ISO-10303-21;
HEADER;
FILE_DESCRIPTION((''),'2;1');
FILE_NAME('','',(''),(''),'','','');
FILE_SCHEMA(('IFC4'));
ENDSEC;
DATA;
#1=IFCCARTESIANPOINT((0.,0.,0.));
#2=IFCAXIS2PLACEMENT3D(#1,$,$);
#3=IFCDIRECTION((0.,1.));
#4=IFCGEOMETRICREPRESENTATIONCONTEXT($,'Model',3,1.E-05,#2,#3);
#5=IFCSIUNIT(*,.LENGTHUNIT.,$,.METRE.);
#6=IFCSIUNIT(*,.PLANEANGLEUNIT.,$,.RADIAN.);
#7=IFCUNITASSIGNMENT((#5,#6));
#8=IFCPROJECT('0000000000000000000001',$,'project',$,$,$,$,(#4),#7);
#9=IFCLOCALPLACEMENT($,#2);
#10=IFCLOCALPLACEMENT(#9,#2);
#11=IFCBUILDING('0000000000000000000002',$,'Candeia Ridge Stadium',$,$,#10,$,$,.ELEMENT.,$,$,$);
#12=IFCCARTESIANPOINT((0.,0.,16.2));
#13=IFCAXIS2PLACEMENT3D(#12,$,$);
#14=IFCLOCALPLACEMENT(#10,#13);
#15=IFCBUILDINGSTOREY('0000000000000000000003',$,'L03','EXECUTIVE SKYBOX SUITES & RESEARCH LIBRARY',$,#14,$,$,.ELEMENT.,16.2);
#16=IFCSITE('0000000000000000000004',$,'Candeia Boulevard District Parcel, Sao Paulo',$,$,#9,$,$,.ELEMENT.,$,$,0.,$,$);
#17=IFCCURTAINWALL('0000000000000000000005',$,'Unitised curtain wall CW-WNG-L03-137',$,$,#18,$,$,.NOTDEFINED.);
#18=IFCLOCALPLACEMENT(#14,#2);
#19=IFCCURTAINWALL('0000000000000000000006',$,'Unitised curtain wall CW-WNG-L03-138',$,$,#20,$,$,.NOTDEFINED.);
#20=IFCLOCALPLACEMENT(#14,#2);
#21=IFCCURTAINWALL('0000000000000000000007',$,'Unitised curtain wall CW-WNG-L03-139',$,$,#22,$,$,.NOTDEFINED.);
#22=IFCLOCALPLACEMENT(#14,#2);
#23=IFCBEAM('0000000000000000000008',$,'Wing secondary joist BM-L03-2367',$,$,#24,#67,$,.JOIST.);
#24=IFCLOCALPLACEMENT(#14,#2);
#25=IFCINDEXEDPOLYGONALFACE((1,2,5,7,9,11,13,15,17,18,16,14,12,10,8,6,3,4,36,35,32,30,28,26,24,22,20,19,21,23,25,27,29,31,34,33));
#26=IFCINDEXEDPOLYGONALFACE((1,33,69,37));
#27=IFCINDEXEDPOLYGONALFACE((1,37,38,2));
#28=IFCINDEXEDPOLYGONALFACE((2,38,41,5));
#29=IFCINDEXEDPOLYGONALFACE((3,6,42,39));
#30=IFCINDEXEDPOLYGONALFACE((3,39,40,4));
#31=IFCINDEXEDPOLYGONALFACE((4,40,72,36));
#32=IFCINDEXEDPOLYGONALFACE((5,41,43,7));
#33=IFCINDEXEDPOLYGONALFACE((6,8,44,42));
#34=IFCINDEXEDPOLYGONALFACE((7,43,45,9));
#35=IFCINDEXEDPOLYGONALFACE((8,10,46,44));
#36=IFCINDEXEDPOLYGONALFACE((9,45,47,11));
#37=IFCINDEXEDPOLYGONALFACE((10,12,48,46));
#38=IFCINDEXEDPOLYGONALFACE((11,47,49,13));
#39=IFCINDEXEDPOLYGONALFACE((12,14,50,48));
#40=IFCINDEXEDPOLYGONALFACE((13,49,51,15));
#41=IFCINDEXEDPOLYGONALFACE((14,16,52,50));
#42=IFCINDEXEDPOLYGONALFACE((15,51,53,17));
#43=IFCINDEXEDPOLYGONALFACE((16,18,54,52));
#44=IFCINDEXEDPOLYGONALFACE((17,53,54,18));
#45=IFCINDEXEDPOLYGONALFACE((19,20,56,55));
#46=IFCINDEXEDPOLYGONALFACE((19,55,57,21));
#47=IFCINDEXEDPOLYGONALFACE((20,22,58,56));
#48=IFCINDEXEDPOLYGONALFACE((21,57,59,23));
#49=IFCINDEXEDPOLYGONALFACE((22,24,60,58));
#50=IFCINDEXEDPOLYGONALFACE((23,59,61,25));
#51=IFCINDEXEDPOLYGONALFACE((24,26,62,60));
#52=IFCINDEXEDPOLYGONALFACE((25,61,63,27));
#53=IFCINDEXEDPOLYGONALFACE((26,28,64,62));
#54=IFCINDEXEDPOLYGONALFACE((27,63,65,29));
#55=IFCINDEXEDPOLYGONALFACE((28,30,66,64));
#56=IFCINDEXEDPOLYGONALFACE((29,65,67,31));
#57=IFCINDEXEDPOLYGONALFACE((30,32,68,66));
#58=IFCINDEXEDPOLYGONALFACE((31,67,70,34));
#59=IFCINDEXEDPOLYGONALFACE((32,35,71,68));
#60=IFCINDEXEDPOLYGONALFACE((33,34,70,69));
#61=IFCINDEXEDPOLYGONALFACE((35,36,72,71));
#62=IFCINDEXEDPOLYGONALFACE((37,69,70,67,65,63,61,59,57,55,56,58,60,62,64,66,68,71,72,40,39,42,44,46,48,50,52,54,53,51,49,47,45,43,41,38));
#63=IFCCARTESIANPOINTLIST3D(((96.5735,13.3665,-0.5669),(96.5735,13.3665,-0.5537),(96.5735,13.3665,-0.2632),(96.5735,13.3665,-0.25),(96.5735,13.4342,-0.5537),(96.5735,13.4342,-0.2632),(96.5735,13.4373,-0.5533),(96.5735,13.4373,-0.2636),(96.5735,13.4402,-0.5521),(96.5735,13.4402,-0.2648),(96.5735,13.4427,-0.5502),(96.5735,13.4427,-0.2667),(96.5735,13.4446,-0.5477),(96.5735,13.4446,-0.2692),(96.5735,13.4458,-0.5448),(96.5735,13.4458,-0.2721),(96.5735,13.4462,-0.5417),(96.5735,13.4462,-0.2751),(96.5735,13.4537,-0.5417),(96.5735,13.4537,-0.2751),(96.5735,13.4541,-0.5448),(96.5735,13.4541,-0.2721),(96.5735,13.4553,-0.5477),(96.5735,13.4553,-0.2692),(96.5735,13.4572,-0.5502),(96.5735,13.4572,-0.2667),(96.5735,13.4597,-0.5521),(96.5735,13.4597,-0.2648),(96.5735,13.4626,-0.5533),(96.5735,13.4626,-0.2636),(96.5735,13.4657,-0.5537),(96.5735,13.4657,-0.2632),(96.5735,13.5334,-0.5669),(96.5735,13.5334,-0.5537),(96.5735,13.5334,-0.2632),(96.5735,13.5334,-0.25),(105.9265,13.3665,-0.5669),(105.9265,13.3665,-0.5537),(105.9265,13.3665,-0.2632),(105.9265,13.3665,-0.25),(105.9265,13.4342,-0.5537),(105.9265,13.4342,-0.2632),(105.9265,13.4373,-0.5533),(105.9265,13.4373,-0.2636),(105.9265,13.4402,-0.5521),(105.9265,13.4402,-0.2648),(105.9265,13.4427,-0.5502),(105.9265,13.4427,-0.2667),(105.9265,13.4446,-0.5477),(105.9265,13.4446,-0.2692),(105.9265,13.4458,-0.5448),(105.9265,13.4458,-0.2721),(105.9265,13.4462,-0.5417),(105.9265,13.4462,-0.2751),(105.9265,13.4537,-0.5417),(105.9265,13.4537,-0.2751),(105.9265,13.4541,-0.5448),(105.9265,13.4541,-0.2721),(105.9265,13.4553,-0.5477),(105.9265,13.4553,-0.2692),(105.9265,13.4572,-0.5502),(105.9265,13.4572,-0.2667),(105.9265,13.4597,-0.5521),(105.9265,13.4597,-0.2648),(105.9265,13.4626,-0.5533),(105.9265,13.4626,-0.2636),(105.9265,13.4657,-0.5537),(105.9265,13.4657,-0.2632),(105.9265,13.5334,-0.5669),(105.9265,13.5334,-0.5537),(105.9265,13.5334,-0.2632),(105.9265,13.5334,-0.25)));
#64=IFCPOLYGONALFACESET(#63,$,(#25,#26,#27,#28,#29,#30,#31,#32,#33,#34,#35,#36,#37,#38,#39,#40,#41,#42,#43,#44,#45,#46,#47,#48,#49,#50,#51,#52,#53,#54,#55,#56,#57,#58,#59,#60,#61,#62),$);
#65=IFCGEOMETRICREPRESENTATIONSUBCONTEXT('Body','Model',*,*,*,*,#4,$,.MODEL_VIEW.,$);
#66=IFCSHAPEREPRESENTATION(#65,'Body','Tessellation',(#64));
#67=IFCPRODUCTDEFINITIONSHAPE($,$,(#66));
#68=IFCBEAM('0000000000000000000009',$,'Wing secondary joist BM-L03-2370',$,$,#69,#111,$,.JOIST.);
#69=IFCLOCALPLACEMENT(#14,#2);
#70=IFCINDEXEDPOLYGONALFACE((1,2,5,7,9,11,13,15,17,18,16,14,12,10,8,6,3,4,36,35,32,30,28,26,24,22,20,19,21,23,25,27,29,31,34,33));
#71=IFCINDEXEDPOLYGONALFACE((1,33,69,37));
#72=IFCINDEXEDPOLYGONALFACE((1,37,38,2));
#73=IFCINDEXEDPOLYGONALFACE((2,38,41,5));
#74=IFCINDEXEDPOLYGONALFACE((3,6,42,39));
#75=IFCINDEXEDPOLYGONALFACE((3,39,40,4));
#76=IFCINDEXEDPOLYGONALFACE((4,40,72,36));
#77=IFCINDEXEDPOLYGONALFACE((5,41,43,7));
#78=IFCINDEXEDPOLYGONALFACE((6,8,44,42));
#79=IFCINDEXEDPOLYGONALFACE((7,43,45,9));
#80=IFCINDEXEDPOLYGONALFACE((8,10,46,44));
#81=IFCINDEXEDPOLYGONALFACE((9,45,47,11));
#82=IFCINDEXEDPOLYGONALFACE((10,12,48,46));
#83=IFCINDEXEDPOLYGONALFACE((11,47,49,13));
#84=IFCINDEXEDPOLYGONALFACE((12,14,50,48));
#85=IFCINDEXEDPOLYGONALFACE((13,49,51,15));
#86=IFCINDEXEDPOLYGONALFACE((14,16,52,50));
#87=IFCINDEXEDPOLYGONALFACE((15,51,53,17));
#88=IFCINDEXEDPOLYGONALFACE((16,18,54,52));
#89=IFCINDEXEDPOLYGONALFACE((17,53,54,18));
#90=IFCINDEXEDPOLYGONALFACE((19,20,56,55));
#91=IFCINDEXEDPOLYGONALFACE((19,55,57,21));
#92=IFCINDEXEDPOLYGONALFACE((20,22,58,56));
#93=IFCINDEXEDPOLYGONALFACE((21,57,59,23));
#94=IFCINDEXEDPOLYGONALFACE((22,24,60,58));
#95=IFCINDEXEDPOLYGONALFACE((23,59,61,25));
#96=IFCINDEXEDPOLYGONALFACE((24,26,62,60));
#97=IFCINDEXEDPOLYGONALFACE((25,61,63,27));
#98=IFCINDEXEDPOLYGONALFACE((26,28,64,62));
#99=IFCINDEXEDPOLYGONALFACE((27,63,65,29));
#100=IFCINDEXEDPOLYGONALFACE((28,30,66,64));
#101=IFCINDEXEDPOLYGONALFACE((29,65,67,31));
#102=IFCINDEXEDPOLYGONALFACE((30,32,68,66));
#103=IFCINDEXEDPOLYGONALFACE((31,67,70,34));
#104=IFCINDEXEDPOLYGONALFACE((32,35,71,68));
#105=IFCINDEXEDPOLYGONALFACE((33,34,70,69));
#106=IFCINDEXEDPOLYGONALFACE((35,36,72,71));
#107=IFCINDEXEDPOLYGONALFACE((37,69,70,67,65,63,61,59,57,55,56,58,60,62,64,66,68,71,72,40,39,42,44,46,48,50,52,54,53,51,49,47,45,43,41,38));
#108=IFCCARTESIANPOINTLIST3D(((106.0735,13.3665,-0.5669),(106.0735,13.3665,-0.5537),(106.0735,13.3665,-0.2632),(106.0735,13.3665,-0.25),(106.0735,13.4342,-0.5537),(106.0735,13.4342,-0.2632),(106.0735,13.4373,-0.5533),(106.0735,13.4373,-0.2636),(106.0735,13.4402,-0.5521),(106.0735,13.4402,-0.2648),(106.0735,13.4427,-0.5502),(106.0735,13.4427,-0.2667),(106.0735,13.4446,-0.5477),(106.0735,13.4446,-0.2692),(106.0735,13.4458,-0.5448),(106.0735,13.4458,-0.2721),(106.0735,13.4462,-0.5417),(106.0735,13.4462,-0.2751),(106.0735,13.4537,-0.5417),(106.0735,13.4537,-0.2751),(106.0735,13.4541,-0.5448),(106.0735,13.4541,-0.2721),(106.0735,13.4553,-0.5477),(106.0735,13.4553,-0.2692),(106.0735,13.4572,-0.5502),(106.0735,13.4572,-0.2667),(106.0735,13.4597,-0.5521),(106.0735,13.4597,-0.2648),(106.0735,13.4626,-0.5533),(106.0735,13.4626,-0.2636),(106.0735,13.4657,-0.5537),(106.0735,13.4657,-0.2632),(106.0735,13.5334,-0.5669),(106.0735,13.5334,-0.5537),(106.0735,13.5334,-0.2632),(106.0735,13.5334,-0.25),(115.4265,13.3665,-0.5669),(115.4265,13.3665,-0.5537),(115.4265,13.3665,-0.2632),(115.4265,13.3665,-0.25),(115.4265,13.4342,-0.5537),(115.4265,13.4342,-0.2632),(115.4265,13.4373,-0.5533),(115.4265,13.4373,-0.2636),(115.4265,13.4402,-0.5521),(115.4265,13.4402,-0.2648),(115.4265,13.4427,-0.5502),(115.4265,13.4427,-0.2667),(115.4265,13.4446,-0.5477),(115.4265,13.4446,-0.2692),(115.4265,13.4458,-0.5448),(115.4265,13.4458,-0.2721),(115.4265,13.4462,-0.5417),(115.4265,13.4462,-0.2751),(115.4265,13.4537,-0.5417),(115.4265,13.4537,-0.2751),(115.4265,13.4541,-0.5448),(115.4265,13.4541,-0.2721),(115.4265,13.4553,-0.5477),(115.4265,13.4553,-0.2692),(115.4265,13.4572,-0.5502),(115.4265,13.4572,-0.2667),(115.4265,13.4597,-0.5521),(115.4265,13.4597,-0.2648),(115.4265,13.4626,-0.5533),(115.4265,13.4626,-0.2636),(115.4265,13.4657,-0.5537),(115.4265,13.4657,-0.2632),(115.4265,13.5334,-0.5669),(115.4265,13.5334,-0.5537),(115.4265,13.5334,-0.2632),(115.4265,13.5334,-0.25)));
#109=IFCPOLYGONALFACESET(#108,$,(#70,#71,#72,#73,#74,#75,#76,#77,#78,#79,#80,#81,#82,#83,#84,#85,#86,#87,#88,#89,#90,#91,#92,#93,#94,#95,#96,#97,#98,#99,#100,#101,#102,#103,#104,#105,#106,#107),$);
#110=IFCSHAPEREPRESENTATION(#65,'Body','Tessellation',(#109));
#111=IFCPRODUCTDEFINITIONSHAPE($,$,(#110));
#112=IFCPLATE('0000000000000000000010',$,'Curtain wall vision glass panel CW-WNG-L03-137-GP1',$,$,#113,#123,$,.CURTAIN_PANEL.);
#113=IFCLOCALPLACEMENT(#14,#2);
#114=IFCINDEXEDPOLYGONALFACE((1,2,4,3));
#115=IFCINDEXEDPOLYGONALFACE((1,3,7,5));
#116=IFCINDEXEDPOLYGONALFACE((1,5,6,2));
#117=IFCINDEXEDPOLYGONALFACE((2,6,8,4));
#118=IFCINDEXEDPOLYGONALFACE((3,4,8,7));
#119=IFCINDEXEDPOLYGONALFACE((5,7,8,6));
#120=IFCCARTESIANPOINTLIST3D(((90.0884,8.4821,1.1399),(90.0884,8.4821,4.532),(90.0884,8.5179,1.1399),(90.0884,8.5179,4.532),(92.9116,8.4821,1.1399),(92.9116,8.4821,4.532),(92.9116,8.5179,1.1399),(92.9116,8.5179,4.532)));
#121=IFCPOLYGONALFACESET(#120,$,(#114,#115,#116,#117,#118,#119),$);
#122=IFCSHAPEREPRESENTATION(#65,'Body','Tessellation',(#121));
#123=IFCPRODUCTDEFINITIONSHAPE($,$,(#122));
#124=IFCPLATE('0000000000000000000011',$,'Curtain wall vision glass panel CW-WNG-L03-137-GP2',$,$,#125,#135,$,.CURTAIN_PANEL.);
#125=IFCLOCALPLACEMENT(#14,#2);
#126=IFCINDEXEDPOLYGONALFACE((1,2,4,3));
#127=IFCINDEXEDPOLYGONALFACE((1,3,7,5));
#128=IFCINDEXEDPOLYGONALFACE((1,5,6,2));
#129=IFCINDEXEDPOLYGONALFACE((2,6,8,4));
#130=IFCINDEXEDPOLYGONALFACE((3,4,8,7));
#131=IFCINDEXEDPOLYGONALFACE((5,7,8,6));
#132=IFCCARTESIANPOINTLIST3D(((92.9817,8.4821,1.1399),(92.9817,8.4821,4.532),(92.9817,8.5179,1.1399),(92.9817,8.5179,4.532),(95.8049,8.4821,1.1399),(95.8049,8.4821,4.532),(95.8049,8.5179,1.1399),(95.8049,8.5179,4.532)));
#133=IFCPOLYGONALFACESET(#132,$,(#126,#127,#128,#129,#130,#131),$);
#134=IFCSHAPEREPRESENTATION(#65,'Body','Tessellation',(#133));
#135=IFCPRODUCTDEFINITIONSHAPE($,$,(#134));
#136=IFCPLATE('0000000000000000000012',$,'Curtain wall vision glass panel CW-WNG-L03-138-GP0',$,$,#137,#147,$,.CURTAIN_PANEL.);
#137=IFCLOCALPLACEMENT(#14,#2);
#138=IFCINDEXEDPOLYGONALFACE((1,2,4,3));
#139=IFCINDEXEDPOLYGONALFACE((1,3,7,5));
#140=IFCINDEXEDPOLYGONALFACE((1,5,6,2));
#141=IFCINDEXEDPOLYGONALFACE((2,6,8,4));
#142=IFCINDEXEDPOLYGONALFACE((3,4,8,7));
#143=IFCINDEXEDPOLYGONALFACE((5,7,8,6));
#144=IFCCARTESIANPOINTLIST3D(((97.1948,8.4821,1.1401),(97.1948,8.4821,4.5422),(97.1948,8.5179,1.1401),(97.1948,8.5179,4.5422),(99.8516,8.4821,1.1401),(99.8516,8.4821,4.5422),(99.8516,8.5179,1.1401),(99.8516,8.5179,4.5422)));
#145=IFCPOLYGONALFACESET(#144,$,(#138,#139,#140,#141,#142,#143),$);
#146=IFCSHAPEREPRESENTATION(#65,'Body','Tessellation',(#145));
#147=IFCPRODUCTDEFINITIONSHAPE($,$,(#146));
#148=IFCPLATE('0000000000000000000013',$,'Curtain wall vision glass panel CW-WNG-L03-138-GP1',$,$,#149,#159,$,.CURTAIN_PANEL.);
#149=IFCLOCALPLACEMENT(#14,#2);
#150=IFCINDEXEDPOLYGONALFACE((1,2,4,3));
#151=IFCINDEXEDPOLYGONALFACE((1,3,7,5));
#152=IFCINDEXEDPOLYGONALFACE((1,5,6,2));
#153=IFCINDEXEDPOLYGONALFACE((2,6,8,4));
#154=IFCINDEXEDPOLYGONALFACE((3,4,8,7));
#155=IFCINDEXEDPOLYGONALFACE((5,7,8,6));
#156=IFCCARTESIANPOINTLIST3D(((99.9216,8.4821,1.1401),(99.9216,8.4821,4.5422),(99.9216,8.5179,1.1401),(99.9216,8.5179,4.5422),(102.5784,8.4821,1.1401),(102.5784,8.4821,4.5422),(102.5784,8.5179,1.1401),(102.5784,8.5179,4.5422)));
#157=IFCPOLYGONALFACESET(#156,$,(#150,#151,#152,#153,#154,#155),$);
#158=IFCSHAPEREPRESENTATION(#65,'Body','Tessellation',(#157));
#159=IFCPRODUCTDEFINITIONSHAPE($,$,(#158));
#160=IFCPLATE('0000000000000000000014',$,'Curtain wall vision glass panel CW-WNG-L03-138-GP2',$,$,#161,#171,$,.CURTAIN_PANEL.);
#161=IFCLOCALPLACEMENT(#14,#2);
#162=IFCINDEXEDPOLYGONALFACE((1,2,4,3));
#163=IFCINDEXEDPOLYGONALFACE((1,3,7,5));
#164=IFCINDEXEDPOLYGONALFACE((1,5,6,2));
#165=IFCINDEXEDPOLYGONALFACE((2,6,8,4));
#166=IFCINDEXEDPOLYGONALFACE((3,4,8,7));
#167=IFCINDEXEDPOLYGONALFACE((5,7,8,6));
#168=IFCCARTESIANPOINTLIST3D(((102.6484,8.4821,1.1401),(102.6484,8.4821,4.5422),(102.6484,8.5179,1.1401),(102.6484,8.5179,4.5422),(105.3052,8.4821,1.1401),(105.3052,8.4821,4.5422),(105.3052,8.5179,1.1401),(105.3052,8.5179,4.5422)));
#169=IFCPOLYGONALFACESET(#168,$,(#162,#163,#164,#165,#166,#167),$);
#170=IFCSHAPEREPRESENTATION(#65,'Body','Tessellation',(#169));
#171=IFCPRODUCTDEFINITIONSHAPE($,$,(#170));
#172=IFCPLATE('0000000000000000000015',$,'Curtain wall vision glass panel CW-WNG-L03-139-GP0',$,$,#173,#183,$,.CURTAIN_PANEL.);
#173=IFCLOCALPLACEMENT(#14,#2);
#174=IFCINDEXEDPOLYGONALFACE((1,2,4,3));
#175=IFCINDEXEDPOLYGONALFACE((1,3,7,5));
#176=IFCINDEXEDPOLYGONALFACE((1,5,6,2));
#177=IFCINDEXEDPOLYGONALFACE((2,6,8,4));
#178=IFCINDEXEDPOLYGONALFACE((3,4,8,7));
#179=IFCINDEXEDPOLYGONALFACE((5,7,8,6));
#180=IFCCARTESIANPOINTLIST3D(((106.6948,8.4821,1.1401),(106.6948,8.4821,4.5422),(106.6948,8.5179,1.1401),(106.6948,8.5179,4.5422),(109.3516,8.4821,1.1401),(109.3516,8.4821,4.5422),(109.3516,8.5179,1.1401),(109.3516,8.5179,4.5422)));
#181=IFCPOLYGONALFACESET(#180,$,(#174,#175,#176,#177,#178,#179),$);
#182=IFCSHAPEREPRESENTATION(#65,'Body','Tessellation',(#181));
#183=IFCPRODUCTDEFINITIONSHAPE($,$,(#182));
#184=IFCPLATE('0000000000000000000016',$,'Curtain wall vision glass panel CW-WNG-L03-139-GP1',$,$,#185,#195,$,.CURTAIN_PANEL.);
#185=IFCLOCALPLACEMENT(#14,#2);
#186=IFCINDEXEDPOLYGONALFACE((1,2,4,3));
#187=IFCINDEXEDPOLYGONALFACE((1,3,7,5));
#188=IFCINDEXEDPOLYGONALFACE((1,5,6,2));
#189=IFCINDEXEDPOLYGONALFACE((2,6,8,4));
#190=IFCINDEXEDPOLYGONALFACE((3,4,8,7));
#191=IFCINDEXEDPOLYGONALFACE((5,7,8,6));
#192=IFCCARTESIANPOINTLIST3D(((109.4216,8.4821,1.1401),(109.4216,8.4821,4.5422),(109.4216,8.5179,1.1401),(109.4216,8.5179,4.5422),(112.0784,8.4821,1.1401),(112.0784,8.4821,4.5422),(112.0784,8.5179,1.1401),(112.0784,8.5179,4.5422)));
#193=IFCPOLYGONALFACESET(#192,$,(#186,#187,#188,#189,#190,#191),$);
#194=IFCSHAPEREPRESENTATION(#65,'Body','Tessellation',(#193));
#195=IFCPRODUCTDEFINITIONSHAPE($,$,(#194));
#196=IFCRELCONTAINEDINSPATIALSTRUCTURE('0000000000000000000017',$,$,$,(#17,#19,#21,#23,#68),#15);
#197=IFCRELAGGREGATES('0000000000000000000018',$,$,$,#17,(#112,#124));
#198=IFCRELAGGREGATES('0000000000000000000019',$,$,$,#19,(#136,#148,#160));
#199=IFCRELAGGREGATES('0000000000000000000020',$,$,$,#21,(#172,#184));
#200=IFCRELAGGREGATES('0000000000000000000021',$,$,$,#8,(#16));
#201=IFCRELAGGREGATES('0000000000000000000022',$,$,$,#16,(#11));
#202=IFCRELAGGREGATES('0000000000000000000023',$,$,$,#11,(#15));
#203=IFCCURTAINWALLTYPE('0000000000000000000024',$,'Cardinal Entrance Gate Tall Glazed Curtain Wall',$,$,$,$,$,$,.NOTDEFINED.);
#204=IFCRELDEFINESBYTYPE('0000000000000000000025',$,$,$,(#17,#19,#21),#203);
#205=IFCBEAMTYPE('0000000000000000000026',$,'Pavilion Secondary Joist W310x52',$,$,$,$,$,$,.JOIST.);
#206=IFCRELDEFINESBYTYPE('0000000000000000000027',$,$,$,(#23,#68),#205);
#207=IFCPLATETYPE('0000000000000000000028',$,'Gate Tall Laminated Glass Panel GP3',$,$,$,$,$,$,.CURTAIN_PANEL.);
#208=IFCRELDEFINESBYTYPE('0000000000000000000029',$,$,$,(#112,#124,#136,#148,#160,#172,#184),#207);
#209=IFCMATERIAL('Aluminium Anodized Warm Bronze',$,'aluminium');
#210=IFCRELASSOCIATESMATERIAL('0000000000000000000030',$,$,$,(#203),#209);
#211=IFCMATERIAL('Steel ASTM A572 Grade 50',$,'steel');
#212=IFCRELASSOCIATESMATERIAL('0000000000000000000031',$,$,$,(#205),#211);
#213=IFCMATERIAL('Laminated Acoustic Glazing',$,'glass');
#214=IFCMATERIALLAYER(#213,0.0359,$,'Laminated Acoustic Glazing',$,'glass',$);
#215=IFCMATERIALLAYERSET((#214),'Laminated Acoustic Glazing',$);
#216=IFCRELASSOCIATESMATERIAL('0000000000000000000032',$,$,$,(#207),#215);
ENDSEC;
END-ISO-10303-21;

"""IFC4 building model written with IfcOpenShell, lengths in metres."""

from ifc_helpers import new_model, si_unit, direction, frame, origin, origin_2d, place, context, subcontext, project, spatial, rectangle, i_section, extrude, material, layer, layer_set, material_profile, profile_set, type_object, element, aggregate, save


model = new_model("IFC4")

# Units and contexts
model_context = context("Model", 3, precision=1e-05, world=origin(), true_north=direction((0.0, 1.0)))
body_context = subcontext(model_context, "Body", "Model", "MODEL_VIEW")
ifc_project = project(units=[si_unit("LENGTHUNIT", "METRE"), si_unit("PLANEANGLEUNIT", "RADIAN")], contexts=[model_context])

# Site, building, storey
site_placement = place(None, origin())
site = spatial("IfcSite", under=ifc_project, at=site_placement, Name="Candeia Boulevard District Parcel, Sao Paulo", CompositionType="ELEMENT", RefElevation=0.0)
building_placement = place(site_placement, origin())
building = spatial("IfcBuilding", under=site, at=building_placement, Name="Candeia Ridge Stadium", CompositionType="ELEMENT")
storey_placement = place(building_placement, frame((0.0, 0.0, 16.2)))
storey = spatial("IfcBuildingStorey", under=building, at=storey_placement, Name="L03", Description="EXECUTIVE SKYBOX SUITES & RESEARCH LIBRARY", CompositionType="ELEMENT", Elevation=16.2)

# Shared definitions
ifc_material_1 = material(Name="Steel ASTM A572 Grade 50", Category="steel")

# Curtain wall
ifc_material_2 = material(Name="Aluminium Anodized Warm Bronze", Category="aluminium")
curtain_wall_type = type_object("IfcCurtainWallType", Name="Cardinal Entrance Gate Tall Glazed Curtain Wall", PredefinedType="NOTDEFINED", material=ifc_material_2)
curtain_wall_1_placement = place(storey_placement, origin())
curtain_wall_1 = element("IfcCurtainWall", 1, at=curtain_wall_1_placement, inside=storey, type_object=curtain_wall_type, Name="Unitised curtain wall CW-WNG-L03-137", PredefinedType="NOTDEFINED")

# Curtain wall
curtain_wall_2_placement = place(storey_placement, origin())
curtain_wall_2 = element("IfcCurtainWall", 2, at=curtain_wall_2_placement, inside=storey, type_object=curtain_wall_type, Name="Unitised curtain wall CW-WNG-L03-138", PredefinedType="NOTDEFINED")

# Curtain wall
curtain_wall_3_placement = place(storey_placement, origin())
curtain_wall_3 = element("IfcCurtainWall", 3, at=curtain_wall_3_placement, inside=storey, type_object=curtain_wall_type, Name="Unitised curtain wall CW-WNG-L03-139", PredefinedType="NOTDEFINED")

# Beams
ifc_material_profile_1 = material_profile(ifc_material_1, i_section(OverallWidth=0.167, OverallDepth=0.3169, WebThickness=0.0076, FlangeThickness=0.0132, FilletRadius=0.012, at=origin_2d()), Name="W310x52", Category="steel")
ifc_profile_set_1 = profile_set([ifc_material_profile_1], Name="Steel ASTM A572 Grade 50")
beam_type_1 = type_object("IfcBeamType", Name="Pavilion Secondary Joist W310x52", PredefinedType="JOIST", material=ifc_profile_set_1)
for number, where, z_axis, x_axis, name in (
    (4, (96.5735, 13.45, -0.4084), (1.0, 0.0, 0.0), (0.0, 1.0, 0.0), "Wing secondary joist BM-L03-2367"),
    (5, (106.0735, 13.45, -0.4084), (1.0, 0.0, 0.0), (0.0, 1.0, 0.0), "Wing secondary joist BM-L03-2370"),
):
    element("IfcBeam", number, at=place(storey_placement, frame(where, z_axis=z_axis, x_axis=x_axis)), inside=storey, type_object=beam_type_1, Name=name, PredefinedType="JOIST", context=body_context, shape_type="SweptSolid", body=[
        extrude(i_section(OverallWidth=0.167, OverallDepth=0.3169, WebThickness=0.0076, FlangeThickness=0.0132, FilletRadius=0.012, at=origin_2d()), origin(), (0.0, 0.0, 1.0), 9.353),
    ])

# Plates
ifc_material_3 = material(Name="Laminated Acoustic Glazing", Category="glass")
ifc_layer_1 = layer(ifc_material_3, 0.0359, Name="Laminated Acoustic Glazing", Category="glass")
ifc_layer_set_1 = layer_set([ifc_layer_1], Name="Laminated Acoustic Glazing")
plate_type_1 = type_object("IfcPlateType", Name="Gate Tall Laminated Glass Panel GP3", PredefinedType="CURTAIN_PANEL", material=ifc_layer_set_1)
plate_1_placement = place(storey_placement, frame((91.5, 8.5, 1.1399), z_axis=(0.0, 0.0, 1.0), x_axis=(1.0, 0.0, 0.0)))
plate_1 = element("IfcPlate", 6, at=plate_1_placement, type_object=plate_type_1, Name="Curtain wall vision glass panel CW-WNG-L03-137-GP1", PredefinedType="CURTAIN_PANEL", context=body_context, shape_type="SweptSolid", body=[
    extrude(rectangle(XDim=2.8232, YDim=0.0359, at=origin_2d()), origin(), (0.0, 0.0, 1.0), 3.3921),
])
plate_2_placement = place(storey_placement, frame((94.3933, 8.5, 1.1399), z_axis=(0.0, 0.0, 1.0), x_axis=(1.0, 0.0, 0.0)))
plate_2 = element("IfcPlate", 7, at=plate_2_placement, type_object=plate_type_1, Name="Curtain wall vision glass panel CW-WNG-L03-137-GP2", PredefinedType="CURTAIN_PANEL", context=body_context, shape_type="SweptSolid", body=[
    extrude(rectangle(XDim=2.8232, YDim=0.0359, at=origin_2d()), origin(), (0.0, 0.0, 1.0), 3.3921),
])
plate_3_placement = place(storey_placement, frame((98.5232, 8.5, 1.1401), z_axis=(0.0, 0.0, 1.0), x_axis=(1.0, 0.0, 0.0)))
plate_3 = element("IfcPlate", 8, at=plate_3_placement, type_object=plate_type_1, Name="Curtain wall vision glass panel CW-WNG-L03-138-GP0", PredefinedType="CURTAIN_PANEL", context=body_context, shape_type="SweptSolid", body=[
    extrude(rectangle(XDim=2.6567, YDim=0.0359, at=origin_2d()), origin(), (0.0, 0.0, 1.0), 3.4021),
])
plate_4_placement = place(storey_placement, frame((101.25, 8.5, 1.1401), z_axis=(0.0, 0.0, 1.0), x_axis=(1.0, 0.0, 0.0)))
plate_4 = element("IfcPlate", 9, at=plate_4_placement, type_object=plate_type_1, Name="Curtain wall vision glass panel CW-WNG-L03-138-GP1", PredefinedType="CURTAIN_PANEL", context=body_context, shape_type="SweptSolid", body=[
    extrude(rectangle(XDim=2.6567, YDim=0.0359, at=origin_2d()), origin(), (0.0, 0.0, 1.0), 3.4021),
])
plate_5_placement = place(storey_placement, frame((103.9768, 8.5, 1.1401), z_axis=(0.0, 0.0, 1.0), x_axis=(1.0, 0.0, 0.0)))
plate_5 = element("IfcPlate", 10, at=plate_5_placement, type_object=plate_type_1, Name="Curtain wall vision glass panel CW-WNG-L03-138-GP2", PredefinedType="CURTAIN_PANEL", context=body_context, shape_type="SweptSolid", body=[
    extrude(rectangle(XDim=2.6567, YDim=0.0359, at=origin_2d()), origin(), (0.0, 0.0, 1.0), 3.4021),
])
plate_6_placement = place(storey_placement, frame((108.0232, 8.5, 1.1401), z_axis=(0.0, 0.0, 1.0), x_axis=(1.0, 0.0, 0.0)))
plate_6 = element("IfcPlate", 11, at=plate_6_placement, type_object=plate_type_1, Name="Curtain wall vision glass panel CW-WNG-L03-139-GP0", PredefinedType="CURTAIN_PANEL", context=body_context, shape_type="SweptSolid", body=[
    extrude(rectangle(XDim=2.6567, YDim=0.0359, at=origin_2d()), origin(), (0.0, 0.0, 1.0), 3.4021),
])
plate_7_placement = place(storey_placement, frame((110.75, 8.5, 1.1401), z_axis=(0.0, 0.0, 1.0), x_axis=(1.0, 0.0, 0.0)))
plate_7 = element("IfcPlate", 12, at=plate_7_placement, type_object=plate_type_1, Name="Curtain wall vision glass panel CW-WNG-L03-139-GP1", PredefinedType="CURTAIN_PANEL", context=body_context, shape_type="SweptSolid", body=[
    extrude(rectangle(XDim=2.6567, YDim=0.0359, at=origin_2d()), origin(), (0.0, 0.0, 1.0), 3.4021),
])
aggregate(curtain_wall_1, [plate_1, plate_2])
aggregate(curtain_wall_2, [plate_3, plate_4, plate_5])
aggregate(curtain_wall_3, [plate_6, plate_7])

save(model, "model.ifc")
